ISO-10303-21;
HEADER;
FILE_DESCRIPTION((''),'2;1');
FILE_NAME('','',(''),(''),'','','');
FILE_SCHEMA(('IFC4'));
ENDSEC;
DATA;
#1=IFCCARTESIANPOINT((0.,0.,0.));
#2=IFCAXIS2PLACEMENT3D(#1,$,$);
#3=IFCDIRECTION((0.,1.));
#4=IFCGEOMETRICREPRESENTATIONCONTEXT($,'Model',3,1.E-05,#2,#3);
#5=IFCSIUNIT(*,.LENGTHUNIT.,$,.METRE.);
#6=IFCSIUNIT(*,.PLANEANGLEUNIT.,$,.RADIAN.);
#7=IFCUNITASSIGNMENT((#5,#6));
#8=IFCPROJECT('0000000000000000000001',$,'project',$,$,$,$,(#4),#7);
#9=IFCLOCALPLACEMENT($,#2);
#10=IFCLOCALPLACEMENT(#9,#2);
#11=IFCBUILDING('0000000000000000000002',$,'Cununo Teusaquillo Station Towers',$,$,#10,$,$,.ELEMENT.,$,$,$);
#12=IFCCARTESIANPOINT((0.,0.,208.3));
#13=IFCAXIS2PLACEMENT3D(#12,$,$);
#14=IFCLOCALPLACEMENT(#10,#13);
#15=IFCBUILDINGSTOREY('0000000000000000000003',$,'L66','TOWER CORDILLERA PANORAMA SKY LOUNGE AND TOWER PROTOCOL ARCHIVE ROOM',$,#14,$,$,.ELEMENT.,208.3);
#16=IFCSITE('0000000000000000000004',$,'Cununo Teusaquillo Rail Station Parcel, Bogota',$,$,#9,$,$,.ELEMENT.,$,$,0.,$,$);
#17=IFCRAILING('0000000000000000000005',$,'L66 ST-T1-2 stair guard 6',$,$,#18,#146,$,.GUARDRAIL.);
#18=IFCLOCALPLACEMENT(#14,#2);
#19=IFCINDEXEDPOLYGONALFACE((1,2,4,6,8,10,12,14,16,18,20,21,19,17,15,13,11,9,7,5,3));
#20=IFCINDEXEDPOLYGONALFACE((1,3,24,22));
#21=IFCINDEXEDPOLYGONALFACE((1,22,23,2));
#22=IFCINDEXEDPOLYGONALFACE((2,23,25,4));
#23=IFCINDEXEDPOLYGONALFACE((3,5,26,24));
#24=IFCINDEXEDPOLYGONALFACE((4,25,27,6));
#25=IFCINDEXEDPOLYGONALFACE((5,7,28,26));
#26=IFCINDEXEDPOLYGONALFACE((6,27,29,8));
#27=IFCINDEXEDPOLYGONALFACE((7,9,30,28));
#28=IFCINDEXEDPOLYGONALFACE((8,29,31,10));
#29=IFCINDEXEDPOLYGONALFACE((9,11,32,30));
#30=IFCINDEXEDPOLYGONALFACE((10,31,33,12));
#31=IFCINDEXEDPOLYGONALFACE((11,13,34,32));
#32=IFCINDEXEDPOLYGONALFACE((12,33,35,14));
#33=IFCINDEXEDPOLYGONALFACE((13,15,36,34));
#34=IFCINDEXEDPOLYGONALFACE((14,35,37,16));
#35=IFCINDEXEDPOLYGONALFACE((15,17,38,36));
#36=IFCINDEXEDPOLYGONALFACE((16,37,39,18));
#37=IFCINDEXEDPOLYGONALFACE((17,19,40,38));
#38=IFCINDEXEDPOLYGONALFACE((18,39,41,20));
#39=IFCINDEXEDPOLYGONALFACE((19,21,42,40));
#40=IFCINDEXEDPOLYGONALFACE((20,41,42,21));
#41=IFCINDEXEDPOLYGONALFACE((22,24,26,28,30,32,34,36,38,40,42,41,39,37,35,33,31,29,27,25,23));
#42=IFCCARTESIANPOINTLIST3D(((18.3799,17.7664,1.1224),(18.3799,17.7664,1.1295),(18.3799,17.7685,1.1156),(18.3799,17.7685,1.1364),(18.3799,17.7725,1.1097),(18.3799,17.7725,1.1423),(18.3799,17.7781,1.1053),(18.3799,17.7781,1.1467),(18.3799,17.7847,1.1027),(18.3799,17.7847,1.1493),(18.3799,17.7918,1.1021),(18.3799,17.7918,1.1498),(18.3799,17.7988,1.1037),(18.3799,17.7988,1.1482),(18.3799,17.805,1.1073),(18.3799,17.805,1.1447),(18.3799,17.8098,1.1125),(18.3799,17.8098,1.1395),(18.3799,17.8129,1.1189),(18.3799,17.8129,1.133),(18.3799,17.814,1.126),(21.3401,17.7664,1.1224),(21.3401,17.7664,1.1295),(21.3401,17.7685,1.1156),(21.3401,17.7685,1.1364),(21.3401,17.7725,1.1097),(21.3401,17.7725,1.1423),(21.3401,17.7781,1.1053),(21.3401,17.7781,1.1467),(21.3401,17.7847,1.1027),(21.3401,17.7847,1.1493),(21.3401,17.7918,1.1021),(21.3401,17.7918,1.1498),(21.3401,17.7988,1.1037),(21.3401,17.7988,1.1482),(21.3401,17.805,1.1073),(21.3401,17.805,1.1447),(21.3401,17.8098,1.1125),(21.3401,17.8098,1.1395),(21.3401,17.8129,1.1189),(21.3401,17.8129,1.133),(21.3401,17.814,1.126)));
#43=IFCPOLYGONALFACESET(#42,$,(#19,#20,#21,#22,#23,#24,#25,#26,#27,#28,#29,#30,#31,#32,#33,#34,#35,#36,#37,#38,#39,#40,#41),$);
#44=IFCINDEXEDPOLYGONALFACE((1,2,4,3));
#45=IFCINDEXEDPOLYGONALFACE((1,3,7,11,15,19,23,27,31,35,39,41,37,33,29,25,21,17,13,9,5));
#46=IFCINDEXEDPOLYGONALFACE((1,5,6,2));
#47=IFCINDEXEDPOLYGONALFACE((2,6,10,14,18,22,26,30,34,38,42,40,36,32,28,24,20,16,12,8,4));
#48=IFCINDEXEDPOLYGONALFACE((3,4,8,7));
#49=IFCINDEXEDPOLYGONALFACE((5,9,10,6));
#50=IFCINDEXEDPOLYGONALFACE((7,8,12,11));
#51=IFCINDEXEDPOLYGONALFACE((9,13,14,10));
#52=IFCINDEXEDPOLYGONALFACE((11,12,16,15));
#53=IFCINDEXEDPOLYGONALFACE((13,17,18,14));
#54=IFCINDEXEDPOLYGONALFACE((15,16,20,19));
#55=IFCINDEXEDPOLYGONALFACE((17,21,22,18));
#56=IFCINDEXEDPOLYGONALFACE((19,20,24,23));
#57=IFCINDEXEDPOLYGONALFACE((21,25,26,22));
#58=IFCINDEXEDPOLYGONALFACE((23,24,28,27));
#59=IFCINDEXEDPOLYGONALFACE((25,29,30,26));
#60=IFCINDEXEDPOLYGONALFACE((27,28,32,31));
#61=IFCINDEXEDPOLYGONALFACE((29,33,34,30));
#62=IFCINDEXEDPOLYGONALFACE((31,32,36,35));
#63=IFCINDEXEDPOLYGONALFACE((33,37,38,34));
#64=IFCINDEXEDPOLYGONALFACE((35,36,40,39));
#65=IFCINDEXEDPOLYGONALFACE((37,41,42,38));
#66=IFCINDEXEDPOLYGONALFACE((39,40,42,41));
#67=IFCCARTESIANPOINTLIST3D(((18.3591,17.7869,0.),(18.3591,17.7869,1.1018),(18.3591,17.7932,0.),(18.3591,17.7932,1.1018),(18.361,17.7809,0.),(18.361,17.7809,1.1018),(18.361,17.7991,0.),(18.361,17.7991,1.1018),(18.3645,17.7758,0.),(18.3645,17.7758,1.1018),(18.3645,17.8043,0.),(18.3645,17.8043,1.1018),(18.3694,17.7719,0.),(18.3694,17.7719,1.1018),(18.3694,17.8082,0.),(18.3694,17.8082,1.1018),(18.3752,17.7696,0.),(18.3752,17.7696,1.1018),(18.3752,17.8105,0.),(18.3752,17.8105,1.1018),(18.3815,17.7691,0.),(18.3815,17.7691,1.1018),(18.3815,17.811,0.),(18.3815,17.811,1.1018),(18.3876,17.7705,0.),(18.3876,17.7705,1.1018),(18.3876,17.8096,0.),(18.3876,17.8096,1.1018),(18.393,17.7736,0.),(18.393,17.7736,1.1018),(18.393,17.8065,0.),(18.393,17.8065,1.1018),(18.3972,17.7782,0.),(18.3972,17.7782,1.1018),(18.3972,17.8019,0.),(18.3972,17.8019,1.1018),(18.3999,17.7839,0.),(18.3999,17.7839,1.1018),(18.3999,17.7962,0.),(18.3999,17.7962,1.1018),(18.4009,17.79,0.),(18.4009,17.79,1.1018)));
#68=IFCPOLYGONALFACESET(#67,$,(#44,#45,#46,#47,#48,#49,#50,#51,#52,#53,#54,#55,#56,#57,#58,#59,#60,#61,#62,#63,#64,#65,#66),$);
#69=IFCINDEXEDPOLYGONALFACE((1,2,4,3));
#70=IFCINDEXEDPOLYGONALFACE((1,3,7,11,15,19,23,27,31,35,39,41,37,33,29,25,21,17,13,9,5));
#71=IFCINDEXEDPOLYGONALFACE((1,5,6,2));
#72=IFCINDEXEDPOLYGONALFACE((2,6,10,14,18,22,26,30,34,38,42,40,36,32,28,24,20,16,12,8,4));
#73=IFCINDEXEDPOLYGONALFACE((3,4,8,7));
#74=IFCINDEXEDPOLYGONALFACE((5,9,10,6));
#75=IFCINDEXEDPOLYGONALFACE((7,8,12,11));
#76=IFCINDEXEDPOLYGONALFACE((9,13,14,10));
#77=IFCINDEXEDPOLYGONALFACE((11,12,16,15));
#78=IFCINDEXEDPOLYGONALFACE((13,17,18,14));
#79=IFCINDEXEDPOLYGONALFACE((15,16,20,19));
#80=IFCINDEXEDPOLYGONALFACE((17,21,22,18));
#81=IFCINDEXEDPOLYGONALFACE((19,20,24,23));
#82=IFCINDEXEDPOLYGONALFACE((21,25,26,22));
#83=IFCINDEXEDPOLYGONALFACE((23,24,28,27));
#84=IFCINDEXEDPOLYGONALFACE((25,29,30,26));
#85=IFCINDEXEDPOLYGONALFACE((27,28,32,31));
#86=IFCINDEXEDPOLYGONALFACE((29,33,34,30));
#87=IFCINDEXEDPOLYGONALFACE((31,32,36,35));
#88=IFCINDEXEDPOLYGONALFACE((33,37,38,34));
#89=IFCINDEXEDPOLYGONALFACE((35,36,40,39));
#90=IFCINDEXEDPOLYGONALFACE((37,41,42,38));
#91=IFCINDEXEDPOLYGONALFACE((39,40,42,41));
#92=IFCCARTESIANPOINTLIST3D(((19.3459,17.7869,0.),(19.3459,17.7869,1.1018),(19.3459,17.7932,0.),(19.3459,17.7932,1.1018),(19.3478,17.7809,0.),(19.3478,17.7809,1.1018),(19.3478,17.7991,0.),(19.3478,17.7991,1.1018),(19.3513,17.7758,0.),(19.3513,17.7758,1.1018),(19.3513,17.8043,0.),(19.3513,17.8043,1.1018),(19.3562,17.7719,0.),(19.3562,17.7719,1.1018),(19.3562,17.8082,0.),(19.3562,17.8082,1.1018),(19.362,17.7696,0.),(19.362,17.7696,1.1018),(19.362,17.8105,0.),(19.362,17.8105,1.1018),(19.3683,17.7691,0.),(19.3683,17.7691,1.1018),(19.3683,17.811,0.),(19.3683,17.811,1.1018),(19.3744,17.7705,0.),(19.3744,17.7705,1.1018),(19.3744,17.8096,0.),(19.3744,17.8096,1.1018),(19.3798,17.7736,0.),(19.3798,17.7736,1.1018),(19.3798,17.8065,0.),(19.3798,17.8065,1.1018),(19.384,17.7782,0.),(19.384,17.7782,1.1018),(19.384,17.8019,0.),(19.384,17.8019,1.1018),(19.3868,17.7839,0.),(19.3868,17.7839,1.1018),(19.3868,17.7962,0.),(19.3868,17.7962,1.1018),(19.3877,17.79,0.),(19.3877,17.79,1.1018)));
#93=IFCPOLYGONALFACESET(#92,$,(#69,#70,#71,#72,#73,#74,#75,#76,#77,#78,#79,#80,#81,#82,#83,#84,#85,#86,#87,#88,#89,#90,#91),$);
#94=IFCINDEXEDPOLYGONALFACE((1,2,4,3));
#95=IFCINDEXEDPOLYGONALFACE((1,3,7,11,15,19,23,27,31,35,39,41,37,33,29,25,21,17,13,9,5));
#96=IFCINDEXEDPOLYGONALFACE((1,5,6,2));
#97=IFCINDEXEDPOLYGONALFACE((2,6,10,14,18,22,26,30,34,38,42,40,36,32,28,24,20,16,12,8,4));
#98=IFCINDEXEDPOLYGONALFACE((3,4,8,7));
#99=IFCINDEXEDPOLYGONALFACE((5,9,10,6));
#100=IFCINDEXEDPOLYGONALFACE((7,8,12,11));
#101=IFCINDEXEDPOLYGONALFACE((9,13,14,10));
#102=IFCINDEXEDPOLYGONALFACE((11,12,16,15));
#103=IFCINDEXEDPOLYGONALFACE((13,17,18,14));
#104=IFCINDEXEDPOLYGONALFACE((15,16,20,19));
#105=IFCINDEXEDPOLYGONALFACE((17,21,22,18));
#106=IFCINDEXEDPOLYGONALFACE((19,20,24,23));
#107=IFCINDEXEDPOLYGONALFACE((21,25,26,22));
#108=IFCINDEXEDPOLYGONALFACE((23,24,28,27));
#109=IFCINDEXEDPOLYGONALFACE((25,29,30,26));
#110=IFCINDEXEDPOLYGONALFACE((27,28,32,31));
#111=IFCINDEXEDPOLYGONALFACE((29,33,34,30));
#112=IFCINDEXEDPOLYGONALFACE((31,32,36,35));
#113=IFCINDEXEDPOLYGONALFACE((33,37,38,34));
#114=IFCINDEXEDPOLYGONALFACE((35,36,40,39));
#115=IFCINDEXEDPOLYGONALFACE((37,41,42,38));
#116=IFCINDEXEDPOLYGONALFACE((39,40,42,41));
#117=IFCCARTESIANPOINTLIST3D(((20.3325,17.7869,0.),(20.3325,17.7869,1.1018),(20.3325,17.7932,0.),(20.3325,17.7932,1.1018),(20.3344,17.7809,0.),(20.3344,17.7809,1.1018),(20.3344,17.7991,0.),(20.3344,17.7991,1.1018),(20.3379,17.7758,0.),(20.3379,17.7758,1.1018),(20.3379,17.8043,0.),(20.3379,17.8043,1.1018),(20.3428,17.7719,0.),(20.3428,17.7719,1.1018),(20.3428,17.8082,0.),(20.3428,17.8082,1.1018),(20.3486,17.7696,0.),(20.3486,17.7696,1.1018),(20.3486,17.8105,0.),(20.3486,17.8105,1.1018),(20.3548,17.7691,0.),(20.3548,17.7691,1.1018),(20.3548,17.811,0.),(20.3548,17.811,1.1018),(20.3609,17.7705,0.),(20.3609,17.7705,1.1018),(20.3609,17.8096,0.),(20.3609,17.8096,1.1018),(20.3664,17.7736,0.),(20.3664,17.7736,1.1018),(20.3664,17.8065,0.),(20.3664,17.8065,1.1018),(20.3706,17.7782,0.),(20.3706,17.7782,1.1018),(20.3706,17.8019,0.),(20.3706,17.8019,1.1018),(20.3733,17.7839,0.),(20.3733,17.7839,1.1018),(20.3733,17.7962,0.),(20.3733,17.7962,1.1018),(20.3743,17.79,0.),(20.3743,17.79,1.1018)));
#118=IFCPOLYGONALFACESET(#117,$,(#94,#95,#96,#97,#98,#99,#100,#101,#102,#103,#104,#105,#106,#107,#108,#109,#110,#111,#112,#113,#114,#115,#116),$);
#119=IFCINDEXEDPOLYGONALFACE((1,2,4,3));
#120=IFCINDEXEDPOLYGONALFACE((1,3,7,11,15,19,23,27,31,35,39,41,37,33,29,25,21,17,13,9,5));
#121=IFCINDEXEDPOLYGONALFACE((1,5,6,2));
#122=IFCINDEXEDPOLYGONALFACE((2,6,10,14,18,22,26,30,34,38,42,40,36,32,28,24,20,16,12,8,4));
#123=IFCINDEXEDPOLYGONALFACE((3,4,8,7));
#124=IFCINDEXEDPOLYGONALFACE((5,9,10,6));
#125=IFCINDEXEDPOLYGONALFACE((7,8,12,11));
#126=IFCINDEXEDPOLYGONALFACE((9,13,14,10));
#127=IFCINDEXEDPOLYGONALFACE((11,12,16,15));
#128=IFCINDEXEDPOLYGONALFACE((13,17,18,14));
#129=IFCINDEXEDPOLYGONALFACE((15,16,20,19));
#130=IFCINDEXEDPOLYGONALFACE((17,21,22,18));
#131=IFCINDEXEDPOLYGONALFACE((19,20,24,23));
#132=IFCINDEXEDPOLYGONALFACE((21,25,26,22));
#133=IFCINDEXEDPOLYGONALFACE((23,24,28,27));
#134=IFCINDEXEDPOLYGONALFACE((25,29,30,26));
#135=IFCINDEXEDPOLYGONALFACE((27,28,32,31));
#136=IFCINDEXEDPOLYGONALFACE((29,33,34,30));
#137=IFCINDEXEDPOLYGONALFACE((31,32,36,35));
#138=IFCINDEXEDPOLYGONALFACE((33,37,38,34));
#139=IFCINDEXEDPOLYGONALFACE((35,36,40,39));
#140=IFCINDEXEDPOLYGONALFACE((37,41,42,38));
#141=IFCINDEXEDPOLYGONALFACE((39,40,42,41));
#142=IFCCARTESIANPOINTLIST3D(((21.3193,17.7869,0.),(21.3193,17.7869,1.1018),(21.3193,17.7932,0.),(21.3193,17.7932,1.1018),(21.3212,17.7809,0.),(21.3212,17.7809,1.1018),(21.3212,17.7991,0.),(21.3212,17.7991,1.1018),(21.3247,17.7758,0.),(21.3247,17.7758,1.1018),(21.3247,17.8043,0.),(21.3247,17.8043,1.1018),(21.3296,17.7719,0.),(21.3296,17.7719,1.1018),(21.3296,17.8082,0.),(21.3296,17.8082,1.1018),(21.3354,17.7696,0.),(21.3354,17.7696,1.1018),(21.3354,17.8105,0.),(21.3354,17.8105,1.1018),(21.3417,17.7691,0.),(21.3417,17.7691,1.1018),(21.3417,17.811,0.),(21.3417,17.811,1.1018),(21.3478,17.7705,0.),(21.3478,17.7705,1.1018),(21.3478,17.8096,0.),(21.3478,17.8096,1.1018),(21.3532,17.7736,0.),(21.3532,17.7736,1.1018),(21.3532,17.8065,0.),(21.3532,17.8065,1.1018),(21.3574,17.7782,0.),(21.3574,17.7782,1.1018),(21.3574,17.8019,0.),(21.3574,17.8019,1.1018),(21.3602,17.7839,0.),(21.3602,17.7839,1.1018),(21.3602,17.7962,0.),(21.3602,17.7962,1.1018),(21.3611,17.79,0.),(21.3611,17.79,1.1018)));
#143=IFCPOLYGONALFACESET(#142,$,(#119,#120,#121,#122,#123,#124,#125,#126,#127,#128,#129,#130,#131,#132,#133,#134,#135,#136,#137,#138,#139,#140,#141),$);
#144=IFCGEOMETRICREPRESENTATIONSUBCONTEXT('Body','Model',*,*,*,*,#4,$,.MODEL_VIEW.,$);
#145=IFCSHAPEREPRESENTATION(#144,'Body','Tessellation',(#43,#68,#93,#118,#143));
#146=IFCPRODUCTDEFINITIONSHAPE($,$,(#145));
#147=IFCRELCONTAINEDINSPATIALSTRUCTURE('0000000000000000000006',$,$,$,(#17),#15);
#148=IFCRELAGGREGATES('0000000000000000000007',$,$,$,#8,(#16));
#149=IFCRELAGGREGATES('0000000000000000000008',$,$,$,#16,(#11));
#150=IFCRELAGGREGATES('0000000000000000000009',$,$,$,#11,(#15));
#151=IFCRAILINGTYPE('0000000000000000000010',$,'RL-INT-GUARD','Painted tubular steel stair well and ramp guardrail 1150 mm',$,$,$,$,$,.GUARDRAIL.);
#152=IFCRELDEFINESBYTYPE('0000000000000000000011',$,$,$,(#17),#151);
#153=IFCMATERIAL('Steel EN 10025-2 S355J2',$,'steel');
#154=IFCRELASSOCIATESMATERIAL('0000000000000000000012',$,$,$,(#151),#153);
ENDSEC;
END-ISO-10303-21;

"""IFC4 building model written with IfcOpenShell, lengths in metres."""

from ifc_helpers import new_model, si_unit, direction, frame, origin, origin_2d, place, context, subcontext, project, spatial, circle, extrude, material, type_object, element, save


model = new_model("IFC4")

# Units and contexts
model_context = context("Model", 3, precision=1e-05, world=origin(), true_north=direction((0.0, 1.0)))
body_context = subcontext(model_context, "Body", "Model", "MODEL_VIEW")
ifc_project = project(units=[si_unit("LENGTHUNIT", "METRE"), si_unit("PLANEANGLEUNIT", "RADIAN")], contexts=[model_context])

# Site, building, storey
site_placement = place(None, origin())
site = spatial("IfcSite", under=ifc_project, at=site_placement, Name="Cununo Teusaquillo Rail Station Parcel, Bogota", CompositionType="ELEMENT", RefElevation=0.0)
building_placement = place(site_placement, origin())
building = spatial("IfcBuilding", under=site, at=building_placement, Name="Cununo Teusaquillo Station Towers", CompositionType="ELEMENT")
storey_placement = place(building_placement, frame((0.0, 0.0, 208.3)))
storey = spatial("IfcBuildingStorey", under=building, at=storey_placement, Name="L66", Description="TOWER CORDILLERA PANORAMA SKY LOUNGE AND TOWER PROTOCOL ARCHIVE ROOM", CompositionType="ELEMENT", Elevation=208.3)

# Railing
ifc_material_1 = material(Name="Steel EN 10025-2 S355J2", Category="steel")
railing_type_1 = type_object("IfcRailingType", Name="RL-INT-GUARD", Description="Painted tubular steel stair well and ramp guardrail 1150 mm", PredefinedType="GUARDRAIL", material=ifc_material_1)
railing_1_placement = place(storey_placement, frame((18.3799, 17.79, 0.0)))
element("IfcRailing", 1, at=railing_1_placement, inside=storey, type_object=railing_type_1, Name="L66 ST-T1-2 stair guard 6", PredefinedType="GUARDRAIL", context=body_context, shape_type="SweptSolid", body=[
    extrude(circle(Radius=0.0239, at=origin_2d()), frame((0.0, 0.0, 1.126), z_axis=(1.0, 0.0, 0.0), x_axis=(0.0, 1.0, 0.0)), (0.0, 0.0, 1.0), 2.9602),
    extrude(circle(Radius=0.021, at=origin_2d()), origin(), (0.0, 0.0, 1.0), 1.1018),
    extrude(circle(Radius=0.021, at=origin_2d()), frame((0.9868, 0.0, 0.0)), (0.0, 0.0, 1.0), 1.1018),
    extrude(circle(Radius=0.021, at=origin_2d()), frame((1.9734, 0.0, 0.0)), (0.0, 0.0, 1.0), 1.1018),
    extrude(circle(Radius=0.021, at=origin_2d()), frame((2.9602, 0.0, 0.0)), (0.0, 0.0, 1.0), 1.1018),
])

save(model, "model.ifc")
